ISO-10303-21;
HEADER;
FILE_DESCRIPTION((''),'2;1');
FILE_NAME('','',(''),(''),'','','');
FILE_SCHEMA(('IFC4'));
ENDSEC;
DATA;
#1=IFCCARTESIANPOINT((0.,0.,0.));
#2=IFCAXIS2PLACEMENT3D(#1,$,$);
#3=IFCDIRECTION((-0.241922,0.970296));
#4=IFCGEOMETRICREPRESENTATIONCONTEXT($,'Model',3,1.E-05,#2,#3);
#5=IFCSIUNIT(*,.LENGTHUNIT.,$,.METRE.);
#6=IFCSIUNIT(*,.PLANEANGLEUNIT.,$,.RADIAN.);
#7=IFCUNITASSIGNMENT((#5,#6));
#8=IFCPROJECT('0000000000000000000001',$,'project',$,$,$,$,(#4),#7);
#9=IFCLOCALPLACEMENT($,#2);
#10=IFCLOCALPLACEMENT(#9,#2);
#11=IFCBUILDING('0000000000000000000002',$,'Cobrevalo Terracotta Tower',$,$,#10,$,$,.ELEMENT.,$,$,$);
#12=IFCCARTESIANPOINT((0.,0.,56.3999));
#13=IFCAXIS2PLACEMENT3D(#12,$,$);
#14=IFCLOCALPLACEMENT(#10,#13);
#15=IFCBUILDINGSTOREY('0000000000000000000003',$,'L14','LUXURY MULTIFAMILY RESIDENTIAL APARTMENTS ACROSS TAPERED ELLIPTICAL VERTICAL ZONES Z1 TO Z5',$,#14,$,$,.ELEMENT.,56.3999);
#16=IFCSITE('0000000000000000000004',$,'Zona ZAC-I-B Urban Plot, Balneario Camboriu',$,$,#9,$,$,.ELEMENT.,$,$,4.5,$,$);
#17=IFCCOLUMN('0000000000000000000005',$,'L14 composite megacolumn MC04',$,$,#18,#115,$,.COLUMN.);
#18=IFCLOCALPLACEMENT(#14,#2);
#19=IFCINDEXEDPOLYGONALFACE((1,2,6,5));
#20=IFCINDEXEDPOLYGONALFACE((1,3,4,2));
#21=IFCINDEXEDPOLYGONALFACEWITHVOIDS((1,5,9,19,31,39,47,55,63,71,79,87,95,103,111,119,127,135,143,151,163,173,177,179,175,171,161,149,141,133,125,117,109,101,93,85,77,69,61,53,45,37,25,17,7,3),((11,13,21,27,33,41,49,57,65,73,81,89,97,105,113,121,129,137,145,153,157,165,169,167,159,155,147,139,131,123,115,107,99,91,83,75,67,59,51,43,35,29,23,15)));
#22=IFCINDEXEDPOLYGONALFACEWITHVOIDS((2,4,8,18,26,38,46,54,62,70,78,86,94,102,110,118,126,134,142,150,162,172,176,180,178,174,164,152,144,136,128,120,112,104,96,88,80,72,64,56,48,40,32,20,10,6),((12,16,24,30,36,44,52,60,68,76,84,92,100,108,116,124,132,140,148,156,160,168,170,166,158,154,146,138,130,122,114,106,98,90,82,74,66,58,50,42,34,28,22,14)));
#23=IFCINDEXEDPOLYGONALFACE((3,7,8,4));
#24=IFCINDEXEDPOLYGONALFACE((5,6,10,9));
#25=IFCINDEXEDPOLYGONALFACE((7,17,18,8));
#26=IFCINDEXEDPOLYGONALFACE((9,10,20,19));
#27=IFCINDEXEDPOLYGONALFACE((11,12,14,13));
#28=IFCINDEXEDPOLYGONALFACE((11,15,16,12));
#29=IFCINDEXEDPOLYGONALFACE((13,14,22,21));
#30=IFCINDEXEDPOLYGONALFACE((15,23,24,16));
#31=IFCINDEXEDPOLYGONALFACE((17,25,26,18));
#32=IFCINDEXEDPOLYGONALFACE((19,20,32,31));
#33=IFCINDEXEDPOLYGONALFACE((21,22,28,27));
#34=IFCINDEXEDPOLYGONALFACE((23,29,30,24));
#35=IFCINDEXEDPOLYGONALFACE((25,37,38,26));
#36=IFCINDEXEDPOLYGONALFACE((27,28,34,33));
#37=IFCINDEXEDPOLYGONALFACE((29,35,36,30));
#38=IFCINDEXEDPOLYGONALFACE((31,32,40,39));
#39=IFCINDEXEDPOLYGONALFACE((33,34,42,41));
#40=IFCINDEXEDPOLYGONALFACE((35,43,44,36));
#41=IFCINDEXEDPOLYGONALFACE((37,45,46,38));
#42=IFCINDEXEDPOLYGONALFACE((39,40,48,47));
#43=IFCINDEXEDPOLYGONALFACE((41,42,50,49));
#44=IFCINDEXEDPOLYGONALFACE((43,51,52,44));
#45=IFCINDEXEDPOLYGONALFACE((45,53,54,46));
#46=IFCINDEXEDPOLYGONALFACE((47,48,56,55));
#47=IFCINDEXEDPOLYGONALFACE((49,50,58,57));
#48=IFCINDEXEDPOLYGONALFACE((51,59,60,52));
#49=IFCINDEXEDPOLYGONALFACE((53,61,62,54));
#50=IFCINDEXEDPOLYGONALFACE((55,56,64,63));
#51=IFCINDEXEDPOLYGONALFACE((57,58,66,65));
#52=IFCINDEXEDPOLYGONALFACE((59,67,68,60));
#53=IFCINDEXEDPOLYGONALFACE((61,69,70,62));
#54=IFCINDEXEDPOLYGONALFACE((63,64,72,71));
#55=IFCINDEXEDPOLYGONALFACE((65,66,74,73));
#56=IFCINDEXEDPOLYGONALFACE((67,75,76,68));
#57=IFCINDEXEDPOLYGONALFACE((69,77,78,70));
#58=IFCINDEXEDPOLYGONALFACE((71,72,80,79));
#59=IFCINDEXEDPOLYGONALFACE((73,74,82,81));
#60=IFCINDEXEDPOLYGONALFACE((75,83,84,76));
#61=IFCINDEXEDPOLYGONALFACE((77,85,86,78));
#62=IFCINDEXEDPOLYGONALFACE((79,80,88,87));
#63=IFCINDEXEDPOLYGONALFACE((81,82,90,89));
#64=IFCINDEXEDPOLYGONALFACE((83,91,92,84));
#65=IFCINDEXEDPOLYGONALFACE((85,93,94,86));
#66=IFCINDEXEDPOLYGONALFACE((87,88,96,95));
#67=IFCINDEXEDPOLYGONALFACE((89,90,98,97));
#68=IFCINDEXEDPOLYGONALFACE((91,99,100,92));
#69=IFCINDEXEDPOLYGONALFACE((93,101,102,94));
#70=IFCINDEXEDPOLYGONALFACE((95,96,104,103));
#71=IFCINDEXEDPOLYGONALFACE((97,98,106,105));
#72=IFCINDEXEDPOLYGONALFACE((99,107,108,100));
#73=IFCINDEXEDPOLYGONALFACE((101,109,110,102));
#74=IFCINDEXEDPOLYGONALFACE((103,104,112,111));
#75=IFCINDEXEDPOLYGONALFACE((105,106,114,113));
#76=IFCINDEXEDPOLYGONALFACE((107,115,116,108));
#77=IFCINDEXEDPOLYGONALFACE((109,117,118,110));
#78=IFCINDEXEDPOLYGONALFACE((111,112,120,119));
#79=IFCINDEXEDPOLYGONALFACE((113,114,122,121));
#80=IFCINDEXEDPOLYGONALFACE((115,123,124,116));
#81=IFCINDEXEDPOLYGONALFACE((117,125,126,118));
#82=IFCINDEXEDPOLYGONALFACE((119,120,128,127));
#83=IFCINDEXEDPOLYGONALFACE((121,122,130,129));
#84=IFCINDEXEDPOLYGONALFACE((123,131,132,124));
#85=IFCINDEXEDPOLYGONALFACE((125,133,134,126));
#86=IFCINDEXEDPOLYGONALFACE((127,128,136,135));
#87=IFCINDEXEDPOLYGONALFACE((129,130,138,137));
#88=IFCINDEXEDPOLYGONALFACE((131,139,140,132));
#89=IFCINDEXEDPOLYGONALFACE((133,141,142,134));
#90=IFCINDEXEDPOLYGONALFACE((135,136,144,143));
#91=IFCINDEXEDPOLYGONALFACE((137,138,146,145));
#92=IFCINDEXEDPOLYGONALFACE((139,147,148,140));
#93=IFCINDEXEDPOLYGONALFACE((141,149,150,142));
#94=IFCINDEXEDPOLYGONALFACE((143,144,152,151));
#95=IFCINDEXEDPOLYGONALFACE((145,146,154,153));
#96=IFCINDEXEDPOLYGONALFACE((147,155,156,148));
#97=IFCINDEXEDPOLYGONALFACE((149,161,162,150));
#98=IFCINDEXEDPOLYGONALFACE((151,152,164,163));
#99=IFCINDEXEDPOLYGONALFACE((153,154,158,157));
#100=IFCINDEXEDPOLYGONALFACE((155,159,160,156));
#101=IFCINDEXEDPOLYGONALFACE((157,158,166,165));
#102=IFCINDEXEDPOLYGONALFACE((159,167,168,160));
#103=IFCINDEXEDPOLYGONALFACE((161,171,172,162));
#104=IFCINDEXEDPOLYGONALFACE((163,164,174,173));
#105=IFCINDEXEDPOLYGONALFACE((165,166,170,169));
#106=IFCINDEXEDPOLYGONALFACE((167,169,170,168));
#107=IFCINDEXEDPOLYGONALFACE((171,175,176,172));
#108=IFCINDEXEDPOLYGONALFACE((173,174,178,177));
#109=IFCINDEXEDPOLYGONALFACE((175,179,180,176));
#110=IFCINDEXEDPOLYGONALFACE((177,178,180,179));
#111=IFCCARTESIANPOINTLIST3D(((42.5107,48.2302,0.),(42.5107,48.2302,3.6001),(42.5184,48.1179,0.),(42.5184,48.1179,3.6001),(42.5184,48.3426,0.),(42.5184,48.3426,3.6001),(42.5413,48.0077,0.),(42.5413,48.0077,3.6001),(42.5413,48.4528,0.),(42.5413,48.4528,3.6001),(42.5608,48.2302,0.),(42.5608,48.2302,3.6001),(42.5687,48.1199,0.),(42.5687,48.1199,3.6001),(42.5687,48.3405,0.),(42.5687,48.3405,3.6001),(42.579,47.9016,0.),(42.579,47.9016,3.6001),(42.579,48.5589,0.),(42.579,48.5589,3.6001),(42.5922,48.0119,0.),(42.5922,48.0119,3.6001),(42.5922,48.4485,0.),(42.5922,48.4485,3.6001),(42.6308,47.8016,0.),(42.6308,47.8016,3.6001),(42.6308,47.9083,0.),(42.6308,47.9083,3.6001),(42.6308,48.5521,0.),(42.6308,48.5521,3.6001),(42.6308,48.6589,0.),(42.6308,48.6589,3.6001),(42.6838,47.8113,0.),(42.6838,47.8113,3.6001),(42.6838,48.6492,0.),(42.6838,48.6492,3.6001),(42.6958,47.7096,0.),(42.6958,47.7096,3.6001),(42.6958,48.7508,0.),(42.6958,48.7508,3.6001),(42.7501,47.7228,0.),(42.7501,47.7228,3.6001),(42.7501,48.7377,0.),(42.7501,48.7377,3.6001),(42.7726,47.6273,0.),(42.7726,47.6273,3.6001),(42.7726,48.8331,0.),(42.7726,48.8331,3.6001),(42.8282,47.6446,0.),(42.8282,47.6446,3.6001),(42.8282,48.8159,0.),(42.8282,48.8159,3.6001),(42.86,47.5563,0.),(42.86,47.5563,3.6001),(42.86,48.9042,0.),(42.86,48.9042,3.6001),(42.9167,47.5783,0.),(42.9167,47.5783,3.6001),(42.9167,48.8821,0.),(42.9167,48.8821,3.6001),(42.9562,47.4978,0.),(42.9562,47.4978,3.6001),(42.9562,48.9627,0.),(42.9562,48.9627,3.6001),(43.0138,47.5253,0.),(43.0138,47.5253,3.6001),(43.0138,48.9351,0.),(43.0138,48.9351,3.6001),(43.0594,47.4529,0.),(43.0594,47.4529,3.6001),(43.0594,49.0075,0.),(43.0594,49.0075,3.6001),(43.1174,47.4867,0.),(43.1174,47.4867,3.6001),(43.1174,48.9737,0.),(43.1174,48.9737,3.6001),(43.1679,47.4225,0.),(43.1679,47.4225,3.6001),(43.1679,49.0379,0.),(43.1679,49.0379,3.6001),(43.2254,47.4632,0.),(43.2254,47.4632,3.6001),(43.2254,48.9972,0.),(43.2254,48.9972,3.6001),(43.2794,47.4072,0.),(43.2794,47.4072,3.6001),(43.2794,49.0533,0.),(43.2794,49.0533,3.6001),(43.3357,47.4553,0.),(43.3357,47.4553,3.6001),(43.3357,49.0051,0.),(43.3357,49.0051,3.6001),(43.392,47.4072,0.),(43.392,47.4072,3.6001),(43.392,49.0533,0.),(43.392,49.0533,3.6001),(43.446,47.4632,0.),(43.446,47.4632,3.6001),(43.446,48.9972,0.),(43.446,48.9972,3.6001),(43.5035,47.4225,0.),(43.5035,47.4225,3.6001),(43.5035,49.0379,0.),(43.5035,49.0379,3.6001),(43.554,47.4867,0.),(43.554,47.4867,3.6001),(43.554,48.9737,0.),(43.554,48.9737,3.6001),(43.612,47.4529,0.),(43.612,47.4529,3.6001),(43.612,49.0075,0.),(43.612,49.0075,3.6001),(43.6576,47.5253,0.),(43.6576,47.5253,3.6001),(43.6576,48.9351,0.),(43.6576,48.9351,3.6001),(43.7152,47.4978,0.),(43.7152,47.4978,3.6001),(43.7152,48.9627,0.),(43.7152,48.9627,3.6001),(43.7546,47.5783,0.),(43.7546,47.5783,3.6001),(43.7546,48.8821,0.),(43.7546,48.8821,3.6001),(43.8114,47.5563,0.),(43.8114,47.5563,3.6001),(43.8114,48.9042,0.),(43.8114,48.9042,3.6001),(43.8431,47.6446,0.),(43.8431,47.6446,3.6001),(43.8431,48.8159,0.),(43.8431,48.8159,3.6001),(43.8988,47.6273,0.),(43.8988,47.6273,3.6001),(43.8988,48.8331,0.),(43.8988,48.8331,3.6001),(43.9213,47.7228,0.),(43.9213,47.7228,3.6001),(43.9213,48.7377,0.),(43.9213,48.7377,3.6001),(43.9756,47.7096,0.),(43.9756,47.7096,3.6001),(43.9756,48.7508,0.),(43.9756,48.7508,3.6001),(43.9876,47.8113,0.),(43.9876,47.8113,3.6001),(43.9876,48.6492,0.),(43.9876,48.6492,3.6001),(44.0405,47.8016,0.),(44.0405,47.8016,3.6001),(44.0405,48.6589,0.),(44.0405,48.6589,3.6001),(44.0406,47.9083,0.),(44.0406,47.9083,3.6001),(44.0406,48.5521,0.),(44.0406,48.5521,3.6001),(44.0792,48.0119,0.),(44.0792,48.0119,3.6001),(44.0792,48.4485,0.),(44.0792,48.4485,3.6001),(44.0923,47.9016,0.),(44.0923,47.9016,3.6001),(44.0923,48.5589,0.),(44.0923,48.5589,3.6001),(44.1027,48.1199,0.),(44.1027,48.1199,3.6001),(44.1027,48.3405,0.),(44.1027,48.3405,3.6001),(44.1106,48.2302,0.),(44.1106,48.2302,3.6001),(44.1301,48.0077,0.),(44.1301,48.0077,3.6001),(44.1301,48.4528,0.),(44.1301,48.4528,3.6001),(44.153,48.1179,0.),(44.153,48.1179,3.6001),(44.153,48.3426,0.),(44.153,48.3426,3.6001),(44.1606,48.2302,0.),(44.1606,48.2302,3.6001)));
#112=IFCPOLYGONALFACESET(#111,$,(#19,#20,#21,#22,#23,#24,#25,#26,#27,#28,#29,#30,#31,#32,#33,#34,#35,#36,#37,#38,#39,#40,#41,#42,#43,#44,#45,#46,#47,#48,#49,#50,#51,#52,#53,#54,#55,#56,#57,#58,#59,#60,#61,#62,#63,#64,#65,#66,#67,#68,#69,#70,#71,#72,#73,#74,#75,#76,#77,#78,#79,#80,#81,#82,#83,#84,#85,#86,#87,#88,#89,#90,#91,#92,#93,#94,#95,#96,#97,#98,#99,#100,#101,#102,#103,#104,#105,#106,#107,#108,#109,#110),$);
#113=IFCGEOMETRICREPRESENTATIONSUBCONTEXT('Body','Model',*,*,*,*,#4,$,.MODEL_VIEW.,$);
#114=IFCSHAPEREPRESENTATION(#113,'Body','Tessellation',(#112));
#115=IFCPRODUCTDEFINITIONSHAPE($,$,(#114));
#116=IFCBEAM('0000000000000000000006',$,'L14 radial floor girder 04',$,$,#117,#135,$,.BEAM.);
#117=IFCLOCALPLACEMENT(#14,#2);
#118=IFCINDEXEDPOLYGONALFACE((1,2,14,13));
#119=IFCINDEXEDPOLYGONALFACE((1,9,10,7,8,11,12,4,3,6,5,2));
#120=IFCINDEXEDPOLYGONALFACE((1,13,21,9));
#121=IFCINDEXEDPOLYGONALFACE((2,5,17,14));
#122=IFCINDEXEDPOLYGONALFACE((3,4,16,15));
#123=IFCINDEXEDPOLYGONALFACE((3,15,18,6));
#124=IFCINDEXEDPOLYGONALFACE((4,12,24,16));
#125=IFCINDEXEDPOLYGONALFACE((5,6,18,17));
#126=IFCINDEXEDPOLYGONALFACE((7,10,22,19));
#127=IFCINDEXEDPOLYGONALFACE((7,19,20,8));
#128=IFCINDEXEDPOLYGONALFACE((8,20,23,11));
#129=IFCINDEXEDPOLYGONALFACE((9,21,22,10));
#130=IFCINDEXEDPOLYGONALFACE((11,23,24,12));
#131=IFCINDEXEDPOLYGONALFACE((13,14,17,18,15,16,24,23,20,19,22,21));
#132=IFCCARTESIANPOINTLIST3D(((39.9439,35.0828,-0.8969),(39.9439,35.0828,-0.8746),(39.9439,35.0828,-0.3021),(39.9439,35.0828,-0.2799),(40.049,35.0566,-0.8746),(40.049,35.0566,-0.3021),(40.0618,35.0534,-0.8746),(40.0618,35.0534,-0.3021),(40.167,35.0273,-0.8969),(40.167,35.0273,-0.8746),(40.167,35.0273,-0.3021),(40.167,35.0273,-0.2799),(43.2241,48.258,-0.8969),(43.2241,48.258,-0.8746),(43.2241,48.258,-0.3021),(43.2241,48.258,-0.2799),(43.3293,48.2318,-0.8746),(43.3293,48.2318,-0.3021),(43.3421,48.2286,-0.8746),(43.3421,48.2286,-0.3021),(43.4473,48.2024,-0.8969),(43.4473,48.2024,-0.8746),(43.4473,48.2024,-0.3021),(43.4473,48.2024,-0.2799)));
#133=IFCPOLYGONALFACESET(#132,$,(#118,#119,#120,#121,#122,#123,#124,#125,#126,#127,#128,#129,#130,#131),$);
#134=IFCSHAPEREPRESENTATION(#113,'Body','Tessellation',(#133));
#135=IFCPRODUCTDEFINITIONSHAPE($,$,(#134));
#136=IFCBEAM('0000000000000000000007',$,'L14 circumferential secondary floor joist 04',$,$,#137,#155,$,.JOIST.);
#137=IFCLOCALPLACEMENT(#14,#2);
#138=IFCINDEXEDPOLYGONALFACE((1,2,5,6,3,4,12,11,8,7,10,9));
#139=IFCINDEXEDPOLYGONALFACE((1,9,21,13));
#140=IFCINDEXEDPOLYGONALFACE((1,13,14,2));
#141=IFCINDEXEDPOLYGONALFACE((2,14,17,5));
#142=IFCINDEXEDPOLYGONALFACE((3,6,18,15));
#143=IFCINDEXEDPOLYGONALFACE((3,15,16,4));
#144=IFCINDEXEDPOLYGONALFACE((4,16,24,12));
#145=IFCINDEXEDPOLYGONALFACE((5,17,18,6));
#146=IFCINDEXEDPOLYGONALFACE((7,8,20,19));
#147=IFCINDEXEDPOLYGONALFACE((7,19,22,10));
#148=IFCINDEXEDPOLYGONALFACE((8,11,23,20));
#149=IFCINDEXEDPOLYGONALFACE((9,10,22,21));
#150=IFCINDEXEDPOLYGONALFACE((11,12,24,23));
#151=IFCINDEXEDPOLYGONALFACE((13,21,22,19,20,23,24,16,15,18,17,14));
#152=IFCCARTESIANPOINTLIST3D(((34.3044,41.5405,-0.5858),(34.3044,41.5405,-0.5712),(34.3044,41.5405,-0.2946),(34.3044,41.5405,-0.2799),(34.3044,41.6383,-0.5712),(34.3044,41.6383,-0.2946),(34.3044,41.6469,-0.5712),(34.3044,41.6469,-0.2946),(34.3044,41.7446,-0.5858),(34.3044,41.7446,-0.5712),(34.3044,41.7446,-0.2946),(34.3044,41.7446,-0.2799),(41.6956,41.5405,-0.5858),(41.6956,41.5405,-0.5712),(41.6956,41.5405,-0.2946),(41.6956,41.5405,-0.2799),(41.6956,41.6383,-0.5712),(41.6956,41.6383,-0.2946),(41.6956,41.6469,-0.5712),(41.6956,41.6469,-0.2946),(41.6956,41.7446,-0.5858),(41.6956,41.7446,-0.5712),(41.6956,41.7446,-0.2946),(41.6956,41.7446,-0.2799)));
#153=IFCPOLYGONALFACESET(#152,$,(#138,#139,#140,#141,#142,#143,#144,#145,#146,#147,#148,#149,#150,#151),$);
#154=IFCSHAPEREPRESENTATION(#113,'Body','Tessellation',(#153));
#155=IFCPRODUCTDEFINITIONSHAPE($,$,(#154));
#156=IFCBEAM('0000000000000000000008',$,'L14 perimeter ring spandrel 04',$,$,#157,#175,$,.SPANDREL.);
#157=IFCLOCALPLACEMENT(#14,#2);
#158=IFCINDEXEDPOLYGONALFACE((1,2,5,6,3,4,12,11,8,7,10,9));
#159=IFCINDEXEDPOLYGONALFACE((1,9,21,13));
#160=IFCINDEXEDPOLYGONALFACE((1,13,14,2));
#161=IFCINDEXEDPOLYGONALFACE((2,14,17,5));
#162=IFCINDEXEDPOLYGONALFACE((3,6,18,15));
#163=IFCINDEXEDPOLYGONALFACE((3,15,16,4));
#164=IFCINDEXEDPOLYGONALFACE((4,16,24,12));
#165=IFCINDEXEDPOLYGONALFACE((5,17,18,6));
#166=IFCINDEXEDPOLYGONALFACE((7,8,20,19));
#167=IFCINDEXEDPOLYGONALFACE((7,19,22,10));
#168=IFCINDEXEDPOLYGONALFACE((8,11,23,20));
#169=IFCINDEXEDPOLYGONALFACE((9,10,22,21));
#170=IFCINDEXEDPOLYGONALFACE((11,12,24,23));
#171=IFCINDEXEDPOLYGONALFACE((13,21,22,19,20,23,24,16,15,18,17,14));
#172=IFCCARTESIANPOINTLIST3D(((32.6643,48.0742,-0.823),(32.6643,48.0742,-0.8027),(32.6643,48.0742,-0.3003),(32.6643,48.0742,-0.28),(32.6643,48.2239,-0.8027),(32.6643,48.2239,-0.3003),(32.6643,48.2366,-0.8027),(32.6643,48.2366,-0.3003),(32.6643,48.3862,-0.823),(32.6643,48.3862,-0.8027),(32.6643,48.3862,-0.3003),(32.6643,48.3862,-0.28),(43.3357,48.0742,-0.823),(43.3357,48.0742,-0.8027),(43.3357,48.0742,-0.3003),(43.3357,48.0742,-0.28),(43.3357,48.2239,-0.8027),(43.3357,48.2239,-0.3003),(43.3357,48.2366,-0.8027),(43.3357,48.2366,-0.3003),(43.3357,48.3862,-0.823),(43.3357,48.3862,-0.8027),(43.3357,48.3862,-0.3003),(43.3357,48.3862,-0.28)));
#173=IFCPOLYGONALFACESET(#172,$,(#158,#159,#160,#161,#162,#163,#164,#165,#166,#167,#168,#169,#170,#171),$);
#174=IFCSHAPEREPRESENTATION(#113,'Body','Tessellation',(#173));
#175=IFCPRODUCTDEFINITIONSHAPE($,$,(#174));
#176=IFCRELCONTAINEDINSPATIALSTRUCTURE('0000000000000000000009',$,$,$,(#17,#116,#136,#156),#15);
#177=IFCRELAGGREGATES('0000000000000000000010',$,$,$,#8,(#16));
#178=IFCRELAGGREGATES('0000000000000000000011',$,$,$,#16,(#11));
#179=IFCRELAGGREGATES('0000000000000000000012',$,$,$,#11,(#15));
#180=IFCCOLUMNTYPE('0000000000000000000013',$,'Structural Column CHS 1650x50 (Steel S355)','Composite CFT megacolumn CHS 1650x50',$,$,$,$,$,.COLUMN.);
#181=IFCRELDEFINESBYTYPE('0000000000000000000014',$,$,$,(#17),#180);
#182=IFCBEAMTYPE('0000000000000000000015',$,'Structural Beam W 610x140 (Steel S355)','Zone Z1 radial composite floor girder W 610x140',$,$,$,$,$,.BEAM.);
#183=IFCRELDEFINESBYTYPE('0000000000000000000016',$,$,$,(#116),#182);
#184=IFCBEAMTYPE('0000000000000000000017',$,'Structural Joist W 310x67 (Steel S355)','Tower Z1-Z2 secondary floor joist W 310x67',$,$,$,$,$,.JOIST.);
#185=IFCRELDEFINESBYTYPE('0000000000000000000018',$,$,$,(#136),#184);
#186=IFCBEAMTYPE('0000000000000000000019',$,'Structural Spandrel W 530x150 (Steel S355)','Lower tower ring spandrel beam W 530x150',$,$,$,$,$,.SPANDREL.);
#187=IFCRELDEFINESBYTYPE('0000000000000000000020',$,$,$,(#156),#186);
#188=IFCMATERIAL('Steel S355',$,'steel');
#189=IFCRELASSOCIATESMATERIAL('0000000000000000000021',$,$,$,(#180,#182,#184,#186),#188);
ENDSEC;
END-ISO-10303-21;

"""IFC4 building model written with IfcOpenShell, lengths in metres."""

from ifc_helpers import new_model, si_unit, direction, frame, origin, origin_2d, place, context, subcontext, project, spatial, hollow_circle, i_section, extrude, material, material_profile, profile_set, type_object, element, save


model = new_model("IFC4")

# Units and contexts
model_context = context("Model", 3, precision=1e-05, world=origin(), true_north=direction((-0.241922, 0.970296)))
body_context = subcontext(model_context, "Body", "Model", "MODEL_VIEW")
ifc_project = project(units=[si_unit("LENGTHUNIT", "METRE"), si_unit("PLANEANGLEUNIT", "RADIAN")], contexts=[model_context])

# Site, building, storey
site_placement = place(None, origin())
site = spatial("IfcSite", under=ifc_project, at=site_placement, Name="Zona ZAC-I-B Urban Plot, Balneario Camboriu", CompositionType="ELEMENT", RefElevation=4.5)
building_placement = place(site_placement, origin())
building = spatial("IfcBuilding", under=site, at=building_placement, Name="Cobrevalo Terracotta Tower", CompositionType="ELEMENT")
storey_placement = place(building_placement, frame((0.0, 0.0, 56.3999)))
storey = spatial("IfcBuildingStorey", under=building, at=storey_placement, Name="L14", Description="LUXURY MULTIFAMILY RESIDENTIAL APARTMENTS ACROSS TAPERED ELLIPTICAL VERTICAL ZONES Z1 TO Z5", CompositionType="ELEMENT", Elevation=56.3999)

# Column
ifc_material_1 = material(Name="Steel S355", Category="steel")
ifc_material_profile_1 = material_profile(ifc_material_1, hollow_circle(Radius=0.825, WallThickness=0.05, at=origin_2d()), Name="CHS 1650x50")
ifc_profile_set_1 = profile_set([ifc_material_profile_1], Name="Steel S355")
column_type = type_object("IfcColumnType", Name="Structural Column CHS 1650x50 (Steel S355)", Description="Composite CFT megacolumn CHS 1650x50", PredefinedType="COLUMN", material=ifc_profile_set_1)
column_placement = place(storey_placement, frame((43.3357, 48.2302, 0.0), z_axis=(0.0, 0.0, 1.0), x_axis=(1.0, 0.0, 0.0)))
element("IfcColumn", 1, at=column_placement, inside=storey, type_object=column_type, Name="L14 composite megacolumn MC04", PredefinedType="COLUMN", context=body_context, shape_type="SweptSolid", body=[
    extrude(hollow_circle(Radius=0.825, WallThickness=0.05, at=origin_2d()), origin(), (0.0, 0.0, 1.0), 3.6001),
])

# Beams
ifc_material_profile_2 = material_profile(ifc_material_1, i_section(OverallWidth=0.23, OverallDepth=0.6169, WebThickness=0.0132, FlangeThickness=0.0222, at=origin_2d()), Name="W 610x140")
ifc_profile_set_2 = profile_set([ifc_material_profile_2], Name="Steel S355")
beam_type_1 = type_object("IfcBeamType", Name="Structural Beam W 610x140 (Steel S355)", Description="Zone Z1 radial composite floor girder W 610x140", PredefinedType="BEAM", material=ifc_profile_set_2)
beam_1_placement = place(storey_placement, frame((43.3357, 48.2302, -0.5884), z_axis=(-0.241596, -0.970377, 0.0), x_axis=(0.970377, -0.241596, 0.0)))
element("IfcBeam", 2, at=beam_1_placement, inside=storey, type_object=beam_type_1, Name="L14 radial floor girder 04", PredefinedType="BEAM", context=body_context, shape_type="SweptSolid", body=[
    extrude(i_section(OverallWidth=0.23, OverallDepth=0.6169, WebThickness=0.0132, FlangeThickness=0.0222, at=origin_2d()), origin(), (0.0, 0.0, 1.0), 13.5774),
])
ifc_material_profile_3 = material_profile(ifc_material_1, i_section(OverallWidth=0.2041, OverallDepth=0.3059, WebThickness=0.0085, FlangeThickness=0.0146, at=origin_2d()), Name="W 310x67")
ifc_profile_set_3 = profile_set([ifc_material_profile_3], Name="Steel S355")
beam_type_2 = type_object("IfcBeamType", Name="Structural Joist W 310x67 (Steel S355)", Description="Tower Z1-Z2 secondary floor joist W 310x67", PredefinedType="JOIST", material=ifc_profile_set_3)
beam_2_placement = place(storey_placement, frame((41.6956, 41.6426, -0.4329), z_axis=(-1.0, 0.0, 0.0), x_axis=(0.0, -1.0, 0.0)))
element("IfcBeam", 3, at=beam_2_placement, inside=storey, type_object=beam_type_2, Name="L14 circumferential secondary floor joist 04", PredefinedType="JOIST", context=body_context, shape_type="SweptSolid", body=[
    extrude(i_section(OverallWidth=0.2041, OverallDepth=0.3059, WebThickness=0.0085, FlangeThickness=0.0146, at=origin_2d()), origin(), (0.0, 0.0, 1.0), 7.3911),
])
ifc_material_profile_4 = material_profile(ifc_material_1, i_section(OverallWidth=0.312, OverallDepth=0.543, WebThickness=0.0127, FlangeThickness=0.0203, at=origin_2d()), Name="W 530x150")
ifc_profile_set_4 = profile_set([ifc_material_profile_4], Name="Steel S355")
beam_type_3 = type_object("IfcBeamType", Name="Structural Spandrel W 530x150 (Steel S355)", Description="Lower tower ring spandrel beam W 530x150", PredefinedType="SPANDREL", material=ifc_profile_set_4)
beam_3_placement = place(storey_placement, frame((43.3357, 48.2302, -0.5515), z_axis=(-1.0, 0.0, 0.0), x_axis=(0.0, -1.0, 0.0)))
element("IfcBeam", 4, at=beam_3_placement, inside=storey, type_object=beam_type_3, Name="L14 perimeter ring spandrel 04", PredefinedType="SPANDREL", context=body_context, shape_type="SweptSolid", body=[
    extrude(i_section(OverallWidth=0.312, OverallDepth=0.543, WebThickness=0.0127, FlangeThickness=0.0203, at=origin_2d()), origin(), (0.0, 0.0, 1.0), 10.6714),
])

save(model, "model.ifc")
